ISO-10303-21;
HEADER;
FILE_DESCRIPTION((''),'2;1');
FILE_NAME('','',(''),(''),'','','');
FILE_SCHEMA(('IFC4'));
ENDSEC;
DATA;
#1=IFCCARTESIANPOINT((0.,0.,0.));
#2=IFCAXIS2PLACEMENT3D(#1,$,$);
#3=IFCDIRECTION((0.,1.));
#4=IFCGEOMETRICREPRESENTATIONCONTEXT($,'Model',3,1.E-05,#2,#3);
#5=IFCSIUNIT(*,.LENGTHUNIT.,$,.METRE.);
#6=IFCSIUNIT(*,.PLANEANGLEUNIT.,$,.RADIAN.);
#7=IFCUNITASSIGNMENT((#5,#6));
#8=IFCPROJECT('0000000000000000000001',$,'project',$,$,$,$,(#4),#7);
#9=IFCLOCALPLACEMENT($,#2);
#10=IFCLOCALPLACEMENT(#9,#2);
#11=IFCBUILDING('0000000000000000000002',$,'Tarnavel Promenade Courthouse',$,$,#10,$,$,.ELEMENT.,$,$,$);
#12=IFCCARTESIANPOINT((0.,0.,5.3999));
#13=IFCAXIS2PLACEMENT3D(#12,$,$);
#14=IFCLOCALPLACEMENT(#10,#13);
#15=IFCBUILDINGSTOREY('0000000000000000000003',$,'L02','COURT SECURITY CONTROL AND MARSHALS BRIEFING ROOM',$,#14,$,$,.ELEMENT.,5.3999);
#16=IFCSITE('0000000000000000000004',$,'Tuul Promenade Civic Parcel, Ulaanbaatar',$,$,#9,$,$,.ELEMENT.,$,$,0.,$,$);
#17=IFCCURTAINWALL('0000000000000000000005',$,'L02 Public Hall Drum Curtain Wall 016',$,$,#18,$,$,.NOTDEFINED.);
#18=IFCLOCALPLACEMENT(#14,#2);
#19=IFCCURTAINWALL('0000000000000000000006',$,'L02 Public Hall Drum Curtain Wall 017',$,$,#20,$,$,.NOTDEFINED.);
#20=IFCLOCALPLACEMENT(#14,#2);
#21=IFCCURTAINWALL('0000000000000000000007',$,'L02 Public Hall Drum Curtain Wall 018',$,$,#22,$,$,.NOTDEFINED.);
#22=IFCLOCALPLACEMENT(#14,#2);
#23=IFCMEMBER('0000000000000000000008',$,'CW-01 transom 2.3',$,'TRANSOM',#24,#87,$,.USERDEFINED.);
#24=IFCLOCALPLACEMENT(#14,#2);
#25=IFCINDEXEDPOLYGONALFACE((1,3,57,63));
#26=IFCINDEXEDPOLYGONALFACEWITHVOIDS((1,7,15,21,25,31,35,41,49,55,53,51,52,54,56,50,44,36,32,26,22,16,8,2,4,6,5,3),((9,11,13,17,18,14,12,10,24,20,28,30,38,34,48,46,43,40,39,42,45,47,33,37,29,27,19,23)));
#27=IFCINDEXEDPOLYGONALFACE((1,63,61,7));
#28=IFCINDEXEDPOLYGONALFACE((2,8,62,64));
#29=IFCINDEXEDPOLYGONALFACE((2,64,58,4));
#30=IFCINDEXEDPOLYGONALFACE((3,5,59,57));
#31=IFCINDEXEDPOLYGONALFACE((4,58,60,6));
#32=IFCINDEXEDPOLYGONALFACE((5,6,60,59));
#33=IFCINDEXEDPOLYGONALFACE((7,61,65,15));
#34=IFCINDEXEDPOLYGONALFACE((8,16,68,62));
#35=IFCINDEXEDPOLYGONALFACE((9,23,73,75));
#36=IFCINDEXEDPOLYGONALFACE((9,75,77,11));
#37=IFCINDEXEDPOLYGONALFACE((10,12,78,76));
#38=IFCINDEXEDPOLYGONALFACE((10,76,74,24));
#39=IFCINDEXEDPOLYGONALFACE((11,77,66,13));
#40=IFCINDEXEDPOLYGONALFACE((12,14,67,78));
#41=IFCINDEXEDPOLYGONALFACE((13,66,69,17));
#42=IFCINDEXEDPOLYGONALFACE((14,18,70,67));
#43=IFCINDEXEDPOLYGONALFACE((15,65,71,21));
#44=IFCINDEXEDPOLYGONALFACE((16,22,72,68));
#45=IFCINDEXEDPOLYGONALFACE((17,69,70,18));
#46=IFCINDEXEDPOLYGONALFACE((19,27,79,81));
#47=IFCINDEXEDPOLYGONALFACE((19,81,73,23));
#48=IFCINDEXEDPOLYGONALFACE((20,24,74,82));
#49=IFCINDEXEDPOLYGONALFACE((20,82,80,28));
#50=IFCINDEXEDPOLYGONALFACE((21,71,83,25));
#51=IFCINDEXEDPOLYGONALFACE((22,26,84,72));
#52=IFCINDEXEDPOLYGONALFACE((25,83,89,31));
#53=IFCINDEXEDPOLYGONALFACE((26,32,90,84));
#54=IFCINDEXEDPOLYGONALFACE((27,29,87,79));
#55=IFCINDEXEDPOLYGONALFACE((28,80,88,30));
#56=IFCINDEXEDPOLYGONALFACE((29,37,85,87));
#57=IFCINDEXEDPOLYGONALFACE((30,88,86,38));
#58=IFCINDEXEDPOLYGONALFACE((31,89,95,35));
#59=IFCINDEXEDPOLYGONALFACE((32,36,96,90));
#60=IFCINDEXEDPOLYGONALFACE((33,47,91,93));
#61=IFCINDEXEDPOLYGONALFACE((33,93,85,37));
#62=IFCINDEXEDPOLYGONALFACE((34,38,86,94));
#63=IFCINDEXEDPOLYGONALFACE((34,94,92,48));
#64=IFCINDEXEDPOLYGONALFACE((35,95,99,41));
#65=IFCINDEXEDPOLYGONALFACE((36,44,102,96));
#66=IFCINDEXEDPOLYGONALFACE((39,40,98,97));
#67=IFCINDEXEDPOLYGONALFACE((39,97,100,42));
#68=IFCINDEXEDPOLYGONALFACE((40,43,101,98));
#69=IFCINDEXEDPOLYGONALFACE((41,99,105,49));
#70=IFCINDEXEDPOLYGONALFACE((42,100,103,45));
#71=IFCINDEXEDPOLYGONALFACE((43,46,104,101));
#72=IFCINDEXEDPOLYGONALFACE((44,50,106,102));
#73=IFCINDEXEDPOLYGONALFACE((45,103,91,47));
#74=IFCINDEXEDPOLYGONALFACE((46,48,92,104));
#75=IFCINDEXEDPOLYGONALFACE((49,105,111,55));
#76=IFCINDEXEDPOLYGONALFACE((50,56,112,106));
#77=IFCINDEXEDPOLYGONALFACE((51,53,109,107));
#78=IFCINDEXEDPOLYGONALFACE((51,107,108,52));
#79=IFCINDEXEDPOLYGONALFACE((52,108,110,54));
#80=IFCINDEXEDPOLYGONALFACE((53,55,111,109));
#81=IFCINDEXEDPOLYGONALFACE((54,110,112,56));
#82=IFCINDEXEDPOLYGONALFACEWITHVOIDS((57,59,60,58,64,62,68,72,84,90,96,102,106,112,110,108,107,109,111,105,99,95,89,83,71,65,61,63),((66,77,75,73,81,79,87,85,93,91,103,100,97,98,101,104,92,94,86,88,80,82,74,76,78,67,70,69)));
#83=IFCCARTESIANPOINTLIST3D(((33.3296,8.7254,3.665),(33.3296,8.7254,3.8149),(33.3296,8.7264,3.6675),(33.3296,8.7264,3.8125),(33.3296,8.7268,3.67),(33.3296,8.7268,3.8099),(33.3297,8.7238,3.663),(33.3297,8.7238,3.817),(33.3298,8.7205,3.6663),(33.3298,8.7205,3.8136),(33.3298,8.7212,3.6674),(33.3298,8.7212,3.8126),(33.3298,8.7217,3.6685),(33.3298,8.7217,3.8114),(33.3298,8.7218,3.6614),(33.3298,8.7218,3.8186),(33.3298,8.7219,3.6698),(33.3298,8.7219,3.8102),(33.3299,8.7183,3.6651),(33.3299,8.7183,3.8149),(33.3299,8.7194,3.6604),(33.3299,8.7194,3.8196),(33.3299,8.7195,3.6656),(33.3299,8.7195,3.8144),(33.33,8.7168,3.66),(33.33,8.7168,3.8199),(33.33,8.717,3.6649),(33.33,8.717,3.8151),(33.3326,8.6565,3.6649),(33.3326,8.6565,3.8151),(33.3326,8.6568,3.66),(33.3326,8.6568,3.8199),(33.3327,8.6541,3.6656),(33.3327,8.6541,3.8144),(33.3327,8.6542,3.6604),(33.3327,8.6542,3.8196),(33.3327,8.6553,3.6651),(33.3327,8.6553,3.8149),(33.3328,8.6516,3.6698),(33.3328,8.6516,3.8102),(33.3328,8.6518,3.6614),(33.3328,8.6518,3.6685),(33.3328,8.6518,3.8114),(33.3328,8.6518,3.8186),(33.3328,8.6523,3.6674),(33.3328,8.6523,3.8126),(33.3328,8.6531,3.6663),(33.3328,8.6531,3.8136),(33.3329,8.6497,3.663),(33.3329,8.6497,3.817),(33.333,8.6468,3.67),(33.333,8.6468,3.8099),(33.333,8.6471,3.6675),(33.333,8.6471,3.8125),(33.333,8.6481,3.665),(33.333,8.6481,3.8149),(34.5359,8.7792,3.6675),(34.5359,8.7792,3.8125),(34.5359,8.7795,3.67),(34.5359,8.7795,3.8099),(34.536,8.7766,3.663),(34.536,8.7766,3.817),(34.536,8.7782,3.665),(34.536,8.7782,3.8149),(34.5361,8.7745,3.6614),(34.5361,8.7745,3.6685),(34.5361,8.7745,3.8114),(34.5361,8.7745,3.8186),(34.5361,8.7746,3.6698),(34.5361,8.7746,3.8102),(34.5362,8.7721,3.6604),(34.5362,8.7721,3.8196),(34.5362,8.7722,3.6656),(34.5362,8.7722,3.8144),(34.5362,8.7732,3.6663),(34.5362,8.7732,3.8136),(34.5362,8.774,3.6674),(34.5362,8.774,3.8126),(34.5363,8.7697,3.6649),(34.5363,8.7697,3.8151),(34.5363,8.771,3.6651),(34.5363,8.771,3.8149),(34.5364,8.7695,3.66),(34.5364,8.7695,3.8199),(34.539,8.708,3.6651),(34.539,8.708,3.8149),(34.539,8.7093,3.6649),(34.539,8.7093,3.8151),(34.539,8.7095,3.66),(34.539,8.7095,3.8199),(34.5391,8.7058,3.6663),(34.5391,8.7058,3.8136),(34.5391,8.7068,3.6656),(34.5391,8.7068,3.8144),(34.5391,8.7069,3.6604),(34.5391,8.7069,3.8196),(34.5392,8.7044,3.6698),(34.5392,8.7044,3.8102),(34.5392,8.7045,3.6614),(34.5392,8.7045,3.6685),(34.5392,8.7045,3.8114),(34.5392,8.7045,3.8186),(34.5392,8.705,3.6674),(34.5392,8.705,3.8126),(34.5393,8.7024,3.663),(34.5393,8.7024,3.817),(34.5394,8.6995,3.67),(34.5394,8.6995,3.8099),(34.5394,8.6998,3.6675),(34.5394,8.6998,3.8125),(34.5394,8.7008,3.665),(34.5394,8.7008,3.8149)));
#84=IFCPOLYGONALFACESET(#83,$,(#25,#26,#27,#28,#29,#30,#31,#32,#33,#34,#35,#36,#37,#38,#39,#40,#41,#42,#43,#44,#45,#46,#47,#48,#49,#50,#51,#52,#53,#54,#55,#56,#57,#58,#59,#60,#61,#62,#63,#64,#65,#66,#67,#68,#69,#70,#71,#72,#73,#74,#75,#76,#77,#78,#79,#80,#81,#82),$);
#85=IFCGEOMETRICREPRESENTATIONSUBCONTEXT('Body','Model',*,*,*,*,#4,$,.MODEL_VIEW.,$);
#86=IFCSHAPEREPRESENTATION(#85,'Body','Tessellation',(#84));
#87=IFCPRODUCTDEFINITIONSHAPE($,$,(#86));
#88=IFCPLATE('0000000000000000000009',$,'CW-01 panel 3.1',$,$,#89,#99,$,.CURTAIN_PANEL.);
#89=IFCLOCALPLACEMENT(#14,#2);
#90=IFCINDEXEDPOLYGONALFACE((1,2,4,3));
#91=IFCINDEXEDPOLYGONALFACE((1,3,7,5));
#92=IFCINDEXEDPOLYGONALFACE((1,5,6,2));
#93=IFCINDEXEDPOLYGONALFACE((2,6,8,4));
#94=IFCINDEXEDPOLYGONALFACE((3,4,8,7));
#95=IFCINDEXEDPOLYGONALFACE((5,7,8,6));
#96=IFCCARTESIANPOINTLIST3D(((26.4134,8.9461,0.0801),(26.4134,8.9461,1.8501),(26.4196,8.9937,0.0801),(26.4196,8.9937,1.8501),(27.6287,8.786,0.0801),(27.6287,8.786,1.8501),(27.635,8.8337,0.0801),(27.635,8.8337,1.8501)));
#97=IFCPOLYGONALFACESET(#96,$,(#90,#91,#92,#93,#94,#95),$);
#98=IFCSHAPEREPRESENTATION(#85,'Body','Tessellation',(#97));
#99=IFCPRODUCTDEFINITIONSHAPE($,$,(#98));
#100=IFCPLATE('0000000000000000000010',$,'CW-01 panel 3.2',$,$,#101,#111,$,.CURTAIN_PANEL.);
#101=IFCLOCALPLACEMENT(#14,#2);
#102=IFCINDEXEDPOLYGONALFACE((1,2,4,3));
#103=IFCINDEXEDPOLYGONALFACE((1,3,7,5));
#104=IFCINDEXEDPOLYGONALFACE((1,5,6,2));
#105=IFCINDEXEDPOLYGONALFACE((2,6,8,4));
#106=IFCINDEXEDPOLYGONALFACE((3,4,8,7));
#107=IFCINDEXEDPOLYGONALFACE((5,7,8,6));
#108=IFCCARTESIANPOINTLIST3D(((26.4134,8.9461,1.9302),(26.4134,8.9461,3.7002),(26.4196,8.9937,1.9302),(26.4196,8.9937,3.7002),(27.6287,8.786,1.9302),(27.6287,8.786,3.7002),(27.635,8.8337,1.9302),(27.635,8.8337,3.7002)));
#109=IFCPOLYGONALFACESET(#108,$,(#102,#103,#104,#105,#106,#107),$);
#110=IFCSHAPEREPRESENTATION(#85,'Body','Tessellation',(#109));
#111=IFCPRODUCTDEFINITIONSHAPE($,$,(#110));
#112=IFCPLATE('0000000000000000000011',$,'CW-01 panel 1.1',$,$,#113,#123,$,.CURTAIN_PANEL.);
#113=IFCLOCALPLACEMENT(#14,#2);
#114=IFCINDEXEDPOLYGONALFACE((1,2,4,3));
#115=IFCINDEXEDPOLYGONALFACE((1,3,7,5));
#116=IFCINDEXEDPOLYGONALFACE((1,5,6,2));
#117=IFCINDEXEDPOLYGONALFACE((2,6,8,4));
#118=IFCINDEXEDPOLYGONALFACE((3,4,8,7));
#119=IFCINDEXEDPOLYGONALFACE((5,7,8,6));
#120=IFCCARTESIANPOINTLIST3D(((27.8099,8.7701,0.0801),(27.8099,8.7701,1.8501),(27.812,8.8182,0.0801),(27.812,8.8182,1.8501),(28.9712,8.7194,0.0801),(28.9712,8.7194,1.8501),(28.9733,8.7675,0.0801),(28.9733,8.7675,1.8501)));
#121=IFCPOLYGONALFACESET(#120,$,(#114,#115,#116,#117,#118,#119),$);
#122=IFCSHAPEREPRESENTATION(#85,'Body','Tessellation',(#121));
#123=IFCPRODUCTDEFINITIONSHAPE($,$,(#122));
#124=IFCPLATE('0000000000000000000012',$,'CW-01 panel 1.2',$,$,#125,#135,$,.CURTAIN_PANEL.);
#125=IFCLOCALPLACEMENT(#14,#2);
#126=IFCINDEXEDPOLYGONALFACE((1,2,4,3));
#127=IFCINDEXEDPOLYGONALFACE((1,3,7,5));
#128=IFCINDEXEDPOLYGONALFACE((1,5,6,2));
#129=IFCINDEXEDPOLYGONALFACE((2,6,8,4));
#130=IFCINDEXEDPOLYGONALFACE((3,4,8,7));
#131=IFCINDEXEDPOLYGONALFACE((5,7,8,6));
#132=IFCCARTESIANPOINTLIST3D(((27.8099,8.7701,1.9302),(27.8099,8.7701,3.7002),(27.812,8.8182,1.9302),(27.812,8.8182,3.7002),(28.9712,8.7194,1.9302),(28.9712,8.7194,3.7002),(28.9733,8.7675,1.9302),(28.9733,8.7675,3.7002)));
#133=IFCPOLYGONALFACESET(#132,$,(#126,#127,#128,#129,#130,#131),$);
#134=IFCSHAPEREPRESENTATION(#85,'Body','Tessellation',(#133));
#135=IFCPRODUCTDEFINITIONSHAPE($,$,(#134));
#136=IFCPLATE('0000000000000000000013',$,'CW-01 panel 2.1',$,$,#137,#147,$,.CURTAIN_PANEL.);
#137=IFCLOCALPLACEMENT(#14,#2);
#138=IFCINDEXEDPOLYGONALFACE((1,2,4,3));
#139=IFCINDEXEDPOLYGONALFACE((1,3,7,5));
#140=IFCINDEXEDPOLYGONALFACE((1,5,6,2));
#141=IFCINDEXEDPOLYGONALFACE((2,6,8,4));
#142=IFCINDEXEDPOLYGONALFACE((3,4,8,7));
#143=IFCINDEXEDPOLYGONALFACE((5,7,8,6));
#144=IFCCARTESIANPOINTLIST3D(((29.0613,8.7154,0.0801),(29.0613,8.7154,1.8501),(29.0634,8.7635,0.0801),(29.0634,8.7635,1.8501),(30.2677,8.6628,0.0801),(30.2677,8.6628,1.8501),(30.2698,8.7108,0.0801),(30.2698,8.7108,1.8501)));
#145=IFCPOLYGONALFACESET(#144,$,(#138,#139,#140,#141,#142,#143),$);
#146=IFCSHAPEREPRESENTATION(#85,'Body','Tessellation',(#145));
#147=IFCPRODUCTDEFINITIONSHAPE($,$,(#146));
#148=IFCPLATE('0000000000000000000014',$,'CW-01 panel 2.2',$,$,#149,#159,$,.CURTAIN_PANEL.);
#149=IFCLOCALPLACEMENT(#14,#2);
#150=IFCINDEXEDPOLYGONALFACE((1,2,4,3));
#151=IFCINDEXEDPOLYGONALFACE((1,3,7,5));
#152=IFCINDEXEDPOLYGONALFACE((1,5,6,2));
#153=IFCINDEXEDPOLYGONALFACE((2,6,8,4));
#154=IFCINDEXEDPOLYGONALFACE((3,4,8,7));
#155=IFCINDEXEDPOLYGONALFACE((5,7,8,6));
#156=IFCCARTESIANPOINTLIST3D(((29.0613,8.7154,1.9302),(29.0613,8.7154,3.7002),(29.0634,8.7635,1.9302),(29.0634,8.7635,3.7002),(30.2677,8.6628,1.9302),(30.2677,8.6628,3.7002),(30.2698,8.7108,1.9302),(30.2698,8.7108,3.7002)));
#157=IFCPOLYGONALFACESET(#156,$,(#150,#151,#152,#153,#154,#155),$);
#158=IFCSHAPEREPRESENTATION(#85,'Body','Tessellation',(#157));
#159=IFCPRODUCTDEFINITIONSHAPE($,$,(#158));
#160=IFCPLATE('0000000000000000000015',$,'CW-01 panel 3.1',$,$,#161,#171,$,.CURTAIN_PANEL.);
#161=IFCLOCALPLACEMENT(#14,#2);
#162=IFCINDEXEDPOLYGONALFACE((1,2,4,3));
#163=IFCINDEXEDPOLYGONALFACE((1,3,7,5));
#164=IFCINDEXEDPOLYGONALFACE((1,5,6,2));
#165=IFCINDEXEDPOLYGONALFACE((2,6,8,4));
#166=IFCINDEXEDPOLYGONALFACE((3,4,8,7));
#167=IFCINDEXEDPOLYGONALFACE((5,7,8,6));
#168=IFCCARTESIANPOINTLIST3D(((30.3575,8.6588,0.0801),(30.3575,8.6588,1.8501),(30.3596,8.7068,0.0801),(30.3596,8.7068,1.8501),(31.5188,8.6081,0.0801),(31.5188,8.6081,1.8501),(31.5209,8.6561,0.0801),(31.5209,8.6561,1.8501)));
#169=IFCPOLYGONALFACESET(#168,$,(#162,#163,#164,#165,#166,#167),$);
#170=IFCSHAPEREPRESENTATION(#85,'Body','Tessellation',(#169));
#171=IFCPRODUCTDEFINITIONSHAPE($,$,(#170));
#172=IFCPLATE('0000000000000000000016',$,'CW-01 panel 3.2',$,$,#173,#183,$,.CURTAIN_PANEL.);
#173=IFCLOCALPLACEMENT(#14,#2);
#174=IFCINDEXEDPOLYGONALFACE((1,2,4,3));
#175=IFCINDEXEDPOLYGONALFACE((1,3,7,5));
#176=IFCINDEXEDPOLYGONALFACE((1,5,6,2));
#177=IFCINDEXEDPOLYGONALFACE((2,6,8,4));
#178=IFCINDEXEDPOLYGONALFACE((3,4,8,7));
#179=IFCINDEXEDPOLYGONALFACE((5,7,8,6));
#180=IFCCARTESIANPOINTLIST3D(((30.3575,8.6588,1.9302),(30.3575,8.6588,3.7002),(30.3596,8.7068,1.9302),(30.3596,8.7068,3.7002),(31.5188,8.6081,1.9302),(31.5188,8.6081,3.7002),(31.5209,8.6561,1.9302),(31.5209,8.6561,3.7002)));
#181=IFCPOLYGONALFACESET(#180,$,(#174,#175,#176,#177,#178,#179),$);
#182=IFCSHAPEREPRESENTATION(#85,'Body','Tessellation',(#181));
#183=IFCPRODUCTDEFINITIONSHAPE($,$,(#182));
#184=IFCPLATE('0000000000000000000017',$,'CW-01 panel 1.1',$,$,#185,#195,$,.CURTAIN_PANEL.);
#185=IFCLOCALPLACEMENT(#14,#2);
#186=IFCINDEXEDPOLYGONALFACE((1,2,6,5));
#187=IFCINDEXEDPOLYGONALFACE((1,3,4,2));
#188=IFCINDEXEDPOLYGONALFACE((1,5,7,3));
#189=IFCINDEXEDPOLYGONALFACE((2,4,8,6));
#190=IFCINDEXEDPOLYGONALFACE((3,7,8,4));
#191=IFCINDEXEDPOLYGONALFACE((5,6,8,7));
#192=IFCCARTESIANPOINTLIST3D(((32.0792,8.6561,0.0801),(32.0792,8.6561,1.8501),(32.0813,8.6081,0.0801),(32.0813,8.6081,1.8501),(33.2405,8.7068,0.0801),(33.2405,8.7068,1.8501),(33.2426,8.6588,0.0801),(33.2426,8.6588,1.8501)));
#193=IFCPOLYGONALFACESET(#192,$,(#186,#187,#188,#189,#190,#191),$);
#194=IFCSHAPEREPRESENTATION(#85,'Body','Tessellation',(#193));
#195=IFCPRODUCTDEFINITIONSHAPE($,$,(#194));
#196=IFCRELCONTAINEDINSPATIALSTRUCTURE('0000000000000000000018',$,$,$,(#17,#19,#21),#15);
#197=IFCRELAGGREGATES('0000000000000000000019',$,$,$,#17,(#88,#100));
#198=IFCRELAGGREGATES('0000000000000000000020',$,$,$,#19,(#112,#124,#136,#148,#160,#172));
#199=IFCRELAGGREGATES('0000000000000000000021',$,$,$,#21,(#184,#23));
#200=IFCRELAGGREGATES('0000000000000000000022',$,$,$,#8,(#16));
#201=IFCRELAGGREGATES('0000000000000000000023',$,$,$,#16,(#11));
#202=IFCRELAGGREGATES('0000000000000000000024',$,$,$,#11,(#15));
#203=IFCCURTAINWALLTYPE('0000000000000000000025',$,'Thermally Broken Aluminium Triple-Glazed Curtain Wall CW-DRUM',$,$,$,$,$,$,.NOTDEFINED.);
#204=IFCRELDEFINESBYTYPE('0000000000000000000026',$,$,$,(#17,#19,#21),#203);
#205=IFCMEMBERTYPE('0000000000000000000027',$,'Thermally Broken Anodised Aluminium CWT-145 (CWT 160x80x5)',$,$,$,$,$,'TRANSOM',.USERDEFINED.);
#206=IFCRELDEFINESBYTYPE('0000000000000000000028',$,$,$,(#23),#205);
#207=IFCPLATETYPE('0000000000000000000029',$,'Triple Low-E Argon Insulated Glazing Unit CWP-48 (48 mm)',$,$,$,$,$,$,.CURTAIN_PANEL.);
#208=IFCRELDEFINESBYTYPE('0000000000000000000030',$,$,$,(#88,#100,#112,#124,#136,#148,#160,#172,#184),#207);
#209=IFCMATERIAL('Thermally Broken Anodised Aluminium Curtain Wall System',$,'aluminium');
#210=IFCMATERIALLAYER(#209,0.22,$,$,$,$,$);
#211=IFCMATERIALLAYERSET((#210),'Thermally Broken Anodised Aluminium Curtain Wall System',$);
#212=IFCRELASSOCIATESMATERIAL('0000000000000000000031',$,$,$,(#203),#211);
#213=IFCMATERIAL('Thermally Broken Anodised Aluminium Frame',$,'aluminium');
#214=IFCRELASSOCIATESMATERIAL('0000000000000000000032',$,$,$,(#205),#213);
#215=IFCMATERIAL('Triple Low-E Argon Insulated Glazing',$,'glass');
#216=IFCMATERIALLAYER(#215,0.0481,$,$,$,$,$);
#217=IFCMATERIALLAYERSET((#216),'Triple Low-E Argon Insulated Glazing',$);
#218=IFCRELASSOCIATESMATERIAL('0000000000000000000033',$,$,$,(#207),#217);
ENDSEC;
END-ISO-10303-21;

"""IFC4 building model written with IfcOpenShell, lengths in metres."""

from ifc_helpers import new_model, si_unit, direction, frame, origin, origin_2d, place, context, subcontext, project, spatial, rectangle, hollow_rectangle, extrude, material, layer, layer_set, material_profile, profile_set, type_object, element, aggregate, save


model = new_model("IFC4")

# Units and contexts
model_context = context("Model", 3, precision=1e-05, world=origin(), true_north=direction((0.0, 1.0)))
body_context = subcontext(model_context, "Body", "Model", "MODEL_VIEW")
ifc_project = project(units=[si_unit("LENGTHUNIT", "METRE"), si_unit("PLANEANGLEUNIT", "RADIAN")], contexts=[model_context])

# Site, building, storey
site_placement = place(None, origin())
site = spatial("IfcSite", under=ifc_project, at=site_placement, Name="Tuul Promenade Civic Parcel, Ulaanbaatar", CompositionType="ELEMENT", RefElevation=0.0)
building_placement = place(site_placement, origin())
building = spatial("IfcBuilding", under=site, at=building_placement, Name="Tarnavel Promenade Courthouse", CompositionType="ELEMENT")
storey_placement = place(building_placement, frame((0.0, 0.0, 5.3999)))
storey = spatial("IfcBuildingStorey", under=building, at=storey_placement, Name="L02", Description="COURT SECURITY CONTROL AND MARSHALS BRIEFING ROOM", CompositionType="ELEMENT", Elevation=5.3999)

# Curtain wall
ifc_material_1 = material(Name="Thermally Broken Anodised Aluminium Curtain Wall System", Category="aluminium")
ifc_layer_1 = layer(ifc_material_1, 0.22)
ifc_layer_set_1 = layer_set([ifc_layer_1], Name="Thermally Broken Anodised Aluminium Curtain Wall System")
curtain_wall_type = type_object("IfcCurtainWallType", Name="Thermally Broken Aluminium Triple-Glazed Curtain Wall CW-DRUM", PredefinedType="NOTDEFINED", material=ifc_layer_set_1)
curtain_wall_1_placement = place(storey_placement, origin())
curtain_wall_1 = element("IfcCurtainWall", 1, at=curtain_wall_1_placement, inside=storey, type_object=curtain_wall_type, Name="L02 Public Hall Drum Curtain Wall 016", PredefinedType="NOTDEFINED")
ifc_material_2 = material(Name="Thermally Broken Anodised Aluminium Frame", Category="aluminium")

# Curtain walls
curtain_wall_2_placement = place(storey_placement, origin())
curtain_wall_2 = element("IfcCurtainWall", 2, at=curtain_wall_2_placement, inside=storey, type_object=curtain_wall_type, Name="L02 Public Hall Drum Curtain Wall 017", PredefinedType="NOTDEFINED")
curtain_wall_3_placement = place(storey_placement, origin())
curtain_wall_3 = element("IfcCurtainWall", 3, at=curtain_wall_3_placement, inside=storey, type_object=curtain_wall_type, Name="L02 Public Hall Drum Curtain Wall 018", PredefinedType="NOTDEFINED")

# Member
ifc_material_profile_1 = material_profile(ifc_material_2, hollow_rectangle(XDim=0.0801, YDim=0.1599, WallThickness=0.0049, InnerFilletRadius=0.0049, OuterFilletRadius=0.01, at=origin_2d()), Name="CWT 160x80x5")
ifc_profile_set_1 = profile_set([ifc_material_profile_1], Name="Thermally Broken Anodised Aluminium Frame")
member_type_1 = type_object("IfcMemberType", Name="Thermally Broken Anodised Aluminium CWT-145 (CWT 160x80x5)", ElementType="TRANSOM", PredefinedType="USERDEFINED", material=ifc_profile_set_1)
member_1_placement = place(storey_placement, frame((33.3313, 8.6868, 3.74), z_axis=(0.999046, 0.043674, 0.0), x_axis=(-0.043674, 0.999046, 0.0)))
member_1 = element("IfcMember", 4, at=member_1_placement, type_object=member_type_1, Name="CW-01 transom 2.3", ObjectType="TRANSOM", PredefinedType="USERDEFINED", context=body_context, shape_type="SweptSolid", body=[
    extrude(hollow_rectangle(XDim=0.0801, YDim=0.1599, WallThickness=0.0049, InnerFilletRadius=0.0049, OuterFilletRadius=0.01, at=origin_2d()), origin(), (0.0, 0.0, 1.0), 1.2075),
])

# Plates
ifc_material_3 = material(Name="Triple Low-E Argon Insulated Glazing", Category="glass")
ifc_layer_2 = layer(ifc_material_3, 0.0481)
ifc_layer_set_2 = layer_set([ifc_layer_2], Name="Triple Low-E Argon Insulated Glazing")
plate_type = type_object("IfcPlateType", Name="Triple Low-E Argon Insulated Glazing Unit CWP-48 (48 mm)", PredefinedType="CURTAIN_PANEL", material=ifc_layer_set_2)
plate_1_placement = place(storey_placement, frame((27.0242, 8.8899, 0.0801), z_axis=(0.0, 0.0, 1.0), x_axis=(0.991445, -0.130527, 0.0)))
plate_1 = element("IfcPlate", 5, at=plate_1_placement, type_object=plate_type, Name="CW-01 panel 3.1", PredefinedType="CURTAIN_PANEL", context=body_context, shape_type="SweptSolid", body=[
    extrude(rectangle(XDim=1.2258, YDim=0.0481, at=origin_2d()), origin(), (0.0, 0.0, 1.0), 1.77),
])
plate_2_placement = place(storey_placement, frame((27.0242, 8.8899, 1.9302), z_axis=(0.0, 0.0, 1.0), x_axis=(0.991445, -0.130527, 0.0)))
plate_2 = element("IfcPlate", 6, at=plate_2_placement, type_object=plate_type, Name="CW-01 panel 3.2", PredefinedType="CURTAIN_PANEL", context=body_context, shape_type="SweptSolid", body=[
    extrude(rectangle(XDim=1.2258, YDim=0.0481, at=origin_2d()), origin(), (0.0, 0.0, 1.0), 1.77),
])
aggregate(curtain_wall_1, [plate_1, plate_2])
plate_3_placement = place(storey_placement, frame((28.3916, 8.7688, 0.0801), z_axis=(0.0, 0.0, 1.0), x_axis=(0.999048, -0.043619, 0.0)))
plate_3 = element("IfcPlate", 7, at=plate_3_placement, type_object=plate_type, Name="CW-01 panel 1.1", PredefinedType="CURTAIN_PANEL", context=body_context, shape_type="SweptSolid", body=[
    extrude(rectangle(XDim=1.1624, YDim=0.0481, at=origin_2d()), origin(), (0.0, 0.0, 1.0), 1.77),
])
plate_4_placement = place(storey_placement, frame((28.3916, 8.7688, 1.9302), z_axis=(0.0, 0.0, 1.0), x_axis=(0.999048, -0.043619, 0.0)))
plate_4 = element("IfcPlate", 8, at=plate_4_placement, type_object=plate_type, Name="CW-01 panel 1.2", PredefinedType="CURTAIN_PANEL", context=body_context, shape_type="SweptSolid", body=[
    extrude(rectangle(XDim=1.1624, YDim=0.0481, at=origin_2d()), origin(), (0.0, 0.0, 1.0), 1.77),
])
plate_5_placement = place(storey_placement, frame((29.6655, 8.7131, 0.0801), z_axis=(0.0, 0.0, 1.0), x_axis=(0.999048, -0.043619, 0.0)))
plate_5 = element("IfcPlate", 9, at=plate_5_placement, type_object=plate_type, Name="CW-01 panel 2.1", PredefinedType="CURTAIN_PANEL", context=body_context, shape_type="SweptSolid", body=[
    extrude(rectangle(XDim=1.2075, YDim=0.0481, at=origin_2d()), origin(), (0.0, 0.0, 1.0), 1.77),
])
plate_6_placement = place(storey_placement, frame((29.6655, 8.7131, 1.9302), z_axis=(0.0, 0.0, 1.0), x_axis=(0.999048, -0.043619, 0.0)))
plate_6 = element("IfcPlate", 10, at=plate_6_placement, type_object=plate_type, Name="CW-01 panel 2.2", PredefinedType="CURTAIN_PANEL", context=body_context, shape_type="SweptSolid", body=[
    extrude(rectangle(XDim=1.2075, YDim=0.0481, at=origin_2d()), origin(), (0.0, 0.0, 1.0), 1.77),
])
plate_7_placement = place(storey_placement, frame((30.9392, 8.6575, 0.0801), z_axis=(0.0, 0.0, 1.0), x_axis=(0.999048, -0.043619, 0.0)))
plate_7 = element("IfcPlate", 11, at=plate_7_placement, type_object=plate_type, Name="CW-01 panel 3.1", PredefinedType="CURTAIN_PANEL", context=body_context, shape_type="SweptSolid", body=[
    extrude(rectangle(XDim=1.1624, YDim=0.0481, at=origin_2d()), origin(), (0.0, 0.0, 1.0), 1.77),
])
plate_8_placement = place(storey_placement, frame((30.9392, 8.6575, 1.9302), z_axis=(0.0, 0.0, 1.0), x_axis=(0.999048, -0.043619, 0.0)))
plate_8 = element("IfcPlate", 12, at=plate_8_placement, type_object=plate_type, Name="CW-01 panel 3.2", PredefinedType="CURTAIN_PANEL", context=body_context, shape_type="SweptSolid", body=[
    extrude(rectangle(XDim=1.1624, YDim=0.0481, at=origin_2d()), origin(), (0.0, 0.0, 1.0), 1.77),
])
aggregate(curtain_wall_2, [plate_3, plate_4, plate_5, plate_6, plate_7, plate_8])
plate_9_placement = place(storey_placement, frame((32.6609, 8.6575, 0.0801), z_axis=(0.0, 0.0, 1.0), x_axis=(0.999048, 0.043619, 0.0)))
plate_9 = element("IfcPlate", 13, at=plate_9_placement, type_object=plate_type, Name="CW-01 panel 1.1", PredefinedType="CURTAIN_PANEL", context=body_context, shape_type="SweptSolid", body=[
    extrude(rectangle(XDim=1.1624, YDim=0.0481, at=origin_2d()), origin(), (0.0, 0.0, 1.0), 1.77),
])
aggregate(curtain_wall_3, [plate_9, member_1])

save(model, "model.ifc")
